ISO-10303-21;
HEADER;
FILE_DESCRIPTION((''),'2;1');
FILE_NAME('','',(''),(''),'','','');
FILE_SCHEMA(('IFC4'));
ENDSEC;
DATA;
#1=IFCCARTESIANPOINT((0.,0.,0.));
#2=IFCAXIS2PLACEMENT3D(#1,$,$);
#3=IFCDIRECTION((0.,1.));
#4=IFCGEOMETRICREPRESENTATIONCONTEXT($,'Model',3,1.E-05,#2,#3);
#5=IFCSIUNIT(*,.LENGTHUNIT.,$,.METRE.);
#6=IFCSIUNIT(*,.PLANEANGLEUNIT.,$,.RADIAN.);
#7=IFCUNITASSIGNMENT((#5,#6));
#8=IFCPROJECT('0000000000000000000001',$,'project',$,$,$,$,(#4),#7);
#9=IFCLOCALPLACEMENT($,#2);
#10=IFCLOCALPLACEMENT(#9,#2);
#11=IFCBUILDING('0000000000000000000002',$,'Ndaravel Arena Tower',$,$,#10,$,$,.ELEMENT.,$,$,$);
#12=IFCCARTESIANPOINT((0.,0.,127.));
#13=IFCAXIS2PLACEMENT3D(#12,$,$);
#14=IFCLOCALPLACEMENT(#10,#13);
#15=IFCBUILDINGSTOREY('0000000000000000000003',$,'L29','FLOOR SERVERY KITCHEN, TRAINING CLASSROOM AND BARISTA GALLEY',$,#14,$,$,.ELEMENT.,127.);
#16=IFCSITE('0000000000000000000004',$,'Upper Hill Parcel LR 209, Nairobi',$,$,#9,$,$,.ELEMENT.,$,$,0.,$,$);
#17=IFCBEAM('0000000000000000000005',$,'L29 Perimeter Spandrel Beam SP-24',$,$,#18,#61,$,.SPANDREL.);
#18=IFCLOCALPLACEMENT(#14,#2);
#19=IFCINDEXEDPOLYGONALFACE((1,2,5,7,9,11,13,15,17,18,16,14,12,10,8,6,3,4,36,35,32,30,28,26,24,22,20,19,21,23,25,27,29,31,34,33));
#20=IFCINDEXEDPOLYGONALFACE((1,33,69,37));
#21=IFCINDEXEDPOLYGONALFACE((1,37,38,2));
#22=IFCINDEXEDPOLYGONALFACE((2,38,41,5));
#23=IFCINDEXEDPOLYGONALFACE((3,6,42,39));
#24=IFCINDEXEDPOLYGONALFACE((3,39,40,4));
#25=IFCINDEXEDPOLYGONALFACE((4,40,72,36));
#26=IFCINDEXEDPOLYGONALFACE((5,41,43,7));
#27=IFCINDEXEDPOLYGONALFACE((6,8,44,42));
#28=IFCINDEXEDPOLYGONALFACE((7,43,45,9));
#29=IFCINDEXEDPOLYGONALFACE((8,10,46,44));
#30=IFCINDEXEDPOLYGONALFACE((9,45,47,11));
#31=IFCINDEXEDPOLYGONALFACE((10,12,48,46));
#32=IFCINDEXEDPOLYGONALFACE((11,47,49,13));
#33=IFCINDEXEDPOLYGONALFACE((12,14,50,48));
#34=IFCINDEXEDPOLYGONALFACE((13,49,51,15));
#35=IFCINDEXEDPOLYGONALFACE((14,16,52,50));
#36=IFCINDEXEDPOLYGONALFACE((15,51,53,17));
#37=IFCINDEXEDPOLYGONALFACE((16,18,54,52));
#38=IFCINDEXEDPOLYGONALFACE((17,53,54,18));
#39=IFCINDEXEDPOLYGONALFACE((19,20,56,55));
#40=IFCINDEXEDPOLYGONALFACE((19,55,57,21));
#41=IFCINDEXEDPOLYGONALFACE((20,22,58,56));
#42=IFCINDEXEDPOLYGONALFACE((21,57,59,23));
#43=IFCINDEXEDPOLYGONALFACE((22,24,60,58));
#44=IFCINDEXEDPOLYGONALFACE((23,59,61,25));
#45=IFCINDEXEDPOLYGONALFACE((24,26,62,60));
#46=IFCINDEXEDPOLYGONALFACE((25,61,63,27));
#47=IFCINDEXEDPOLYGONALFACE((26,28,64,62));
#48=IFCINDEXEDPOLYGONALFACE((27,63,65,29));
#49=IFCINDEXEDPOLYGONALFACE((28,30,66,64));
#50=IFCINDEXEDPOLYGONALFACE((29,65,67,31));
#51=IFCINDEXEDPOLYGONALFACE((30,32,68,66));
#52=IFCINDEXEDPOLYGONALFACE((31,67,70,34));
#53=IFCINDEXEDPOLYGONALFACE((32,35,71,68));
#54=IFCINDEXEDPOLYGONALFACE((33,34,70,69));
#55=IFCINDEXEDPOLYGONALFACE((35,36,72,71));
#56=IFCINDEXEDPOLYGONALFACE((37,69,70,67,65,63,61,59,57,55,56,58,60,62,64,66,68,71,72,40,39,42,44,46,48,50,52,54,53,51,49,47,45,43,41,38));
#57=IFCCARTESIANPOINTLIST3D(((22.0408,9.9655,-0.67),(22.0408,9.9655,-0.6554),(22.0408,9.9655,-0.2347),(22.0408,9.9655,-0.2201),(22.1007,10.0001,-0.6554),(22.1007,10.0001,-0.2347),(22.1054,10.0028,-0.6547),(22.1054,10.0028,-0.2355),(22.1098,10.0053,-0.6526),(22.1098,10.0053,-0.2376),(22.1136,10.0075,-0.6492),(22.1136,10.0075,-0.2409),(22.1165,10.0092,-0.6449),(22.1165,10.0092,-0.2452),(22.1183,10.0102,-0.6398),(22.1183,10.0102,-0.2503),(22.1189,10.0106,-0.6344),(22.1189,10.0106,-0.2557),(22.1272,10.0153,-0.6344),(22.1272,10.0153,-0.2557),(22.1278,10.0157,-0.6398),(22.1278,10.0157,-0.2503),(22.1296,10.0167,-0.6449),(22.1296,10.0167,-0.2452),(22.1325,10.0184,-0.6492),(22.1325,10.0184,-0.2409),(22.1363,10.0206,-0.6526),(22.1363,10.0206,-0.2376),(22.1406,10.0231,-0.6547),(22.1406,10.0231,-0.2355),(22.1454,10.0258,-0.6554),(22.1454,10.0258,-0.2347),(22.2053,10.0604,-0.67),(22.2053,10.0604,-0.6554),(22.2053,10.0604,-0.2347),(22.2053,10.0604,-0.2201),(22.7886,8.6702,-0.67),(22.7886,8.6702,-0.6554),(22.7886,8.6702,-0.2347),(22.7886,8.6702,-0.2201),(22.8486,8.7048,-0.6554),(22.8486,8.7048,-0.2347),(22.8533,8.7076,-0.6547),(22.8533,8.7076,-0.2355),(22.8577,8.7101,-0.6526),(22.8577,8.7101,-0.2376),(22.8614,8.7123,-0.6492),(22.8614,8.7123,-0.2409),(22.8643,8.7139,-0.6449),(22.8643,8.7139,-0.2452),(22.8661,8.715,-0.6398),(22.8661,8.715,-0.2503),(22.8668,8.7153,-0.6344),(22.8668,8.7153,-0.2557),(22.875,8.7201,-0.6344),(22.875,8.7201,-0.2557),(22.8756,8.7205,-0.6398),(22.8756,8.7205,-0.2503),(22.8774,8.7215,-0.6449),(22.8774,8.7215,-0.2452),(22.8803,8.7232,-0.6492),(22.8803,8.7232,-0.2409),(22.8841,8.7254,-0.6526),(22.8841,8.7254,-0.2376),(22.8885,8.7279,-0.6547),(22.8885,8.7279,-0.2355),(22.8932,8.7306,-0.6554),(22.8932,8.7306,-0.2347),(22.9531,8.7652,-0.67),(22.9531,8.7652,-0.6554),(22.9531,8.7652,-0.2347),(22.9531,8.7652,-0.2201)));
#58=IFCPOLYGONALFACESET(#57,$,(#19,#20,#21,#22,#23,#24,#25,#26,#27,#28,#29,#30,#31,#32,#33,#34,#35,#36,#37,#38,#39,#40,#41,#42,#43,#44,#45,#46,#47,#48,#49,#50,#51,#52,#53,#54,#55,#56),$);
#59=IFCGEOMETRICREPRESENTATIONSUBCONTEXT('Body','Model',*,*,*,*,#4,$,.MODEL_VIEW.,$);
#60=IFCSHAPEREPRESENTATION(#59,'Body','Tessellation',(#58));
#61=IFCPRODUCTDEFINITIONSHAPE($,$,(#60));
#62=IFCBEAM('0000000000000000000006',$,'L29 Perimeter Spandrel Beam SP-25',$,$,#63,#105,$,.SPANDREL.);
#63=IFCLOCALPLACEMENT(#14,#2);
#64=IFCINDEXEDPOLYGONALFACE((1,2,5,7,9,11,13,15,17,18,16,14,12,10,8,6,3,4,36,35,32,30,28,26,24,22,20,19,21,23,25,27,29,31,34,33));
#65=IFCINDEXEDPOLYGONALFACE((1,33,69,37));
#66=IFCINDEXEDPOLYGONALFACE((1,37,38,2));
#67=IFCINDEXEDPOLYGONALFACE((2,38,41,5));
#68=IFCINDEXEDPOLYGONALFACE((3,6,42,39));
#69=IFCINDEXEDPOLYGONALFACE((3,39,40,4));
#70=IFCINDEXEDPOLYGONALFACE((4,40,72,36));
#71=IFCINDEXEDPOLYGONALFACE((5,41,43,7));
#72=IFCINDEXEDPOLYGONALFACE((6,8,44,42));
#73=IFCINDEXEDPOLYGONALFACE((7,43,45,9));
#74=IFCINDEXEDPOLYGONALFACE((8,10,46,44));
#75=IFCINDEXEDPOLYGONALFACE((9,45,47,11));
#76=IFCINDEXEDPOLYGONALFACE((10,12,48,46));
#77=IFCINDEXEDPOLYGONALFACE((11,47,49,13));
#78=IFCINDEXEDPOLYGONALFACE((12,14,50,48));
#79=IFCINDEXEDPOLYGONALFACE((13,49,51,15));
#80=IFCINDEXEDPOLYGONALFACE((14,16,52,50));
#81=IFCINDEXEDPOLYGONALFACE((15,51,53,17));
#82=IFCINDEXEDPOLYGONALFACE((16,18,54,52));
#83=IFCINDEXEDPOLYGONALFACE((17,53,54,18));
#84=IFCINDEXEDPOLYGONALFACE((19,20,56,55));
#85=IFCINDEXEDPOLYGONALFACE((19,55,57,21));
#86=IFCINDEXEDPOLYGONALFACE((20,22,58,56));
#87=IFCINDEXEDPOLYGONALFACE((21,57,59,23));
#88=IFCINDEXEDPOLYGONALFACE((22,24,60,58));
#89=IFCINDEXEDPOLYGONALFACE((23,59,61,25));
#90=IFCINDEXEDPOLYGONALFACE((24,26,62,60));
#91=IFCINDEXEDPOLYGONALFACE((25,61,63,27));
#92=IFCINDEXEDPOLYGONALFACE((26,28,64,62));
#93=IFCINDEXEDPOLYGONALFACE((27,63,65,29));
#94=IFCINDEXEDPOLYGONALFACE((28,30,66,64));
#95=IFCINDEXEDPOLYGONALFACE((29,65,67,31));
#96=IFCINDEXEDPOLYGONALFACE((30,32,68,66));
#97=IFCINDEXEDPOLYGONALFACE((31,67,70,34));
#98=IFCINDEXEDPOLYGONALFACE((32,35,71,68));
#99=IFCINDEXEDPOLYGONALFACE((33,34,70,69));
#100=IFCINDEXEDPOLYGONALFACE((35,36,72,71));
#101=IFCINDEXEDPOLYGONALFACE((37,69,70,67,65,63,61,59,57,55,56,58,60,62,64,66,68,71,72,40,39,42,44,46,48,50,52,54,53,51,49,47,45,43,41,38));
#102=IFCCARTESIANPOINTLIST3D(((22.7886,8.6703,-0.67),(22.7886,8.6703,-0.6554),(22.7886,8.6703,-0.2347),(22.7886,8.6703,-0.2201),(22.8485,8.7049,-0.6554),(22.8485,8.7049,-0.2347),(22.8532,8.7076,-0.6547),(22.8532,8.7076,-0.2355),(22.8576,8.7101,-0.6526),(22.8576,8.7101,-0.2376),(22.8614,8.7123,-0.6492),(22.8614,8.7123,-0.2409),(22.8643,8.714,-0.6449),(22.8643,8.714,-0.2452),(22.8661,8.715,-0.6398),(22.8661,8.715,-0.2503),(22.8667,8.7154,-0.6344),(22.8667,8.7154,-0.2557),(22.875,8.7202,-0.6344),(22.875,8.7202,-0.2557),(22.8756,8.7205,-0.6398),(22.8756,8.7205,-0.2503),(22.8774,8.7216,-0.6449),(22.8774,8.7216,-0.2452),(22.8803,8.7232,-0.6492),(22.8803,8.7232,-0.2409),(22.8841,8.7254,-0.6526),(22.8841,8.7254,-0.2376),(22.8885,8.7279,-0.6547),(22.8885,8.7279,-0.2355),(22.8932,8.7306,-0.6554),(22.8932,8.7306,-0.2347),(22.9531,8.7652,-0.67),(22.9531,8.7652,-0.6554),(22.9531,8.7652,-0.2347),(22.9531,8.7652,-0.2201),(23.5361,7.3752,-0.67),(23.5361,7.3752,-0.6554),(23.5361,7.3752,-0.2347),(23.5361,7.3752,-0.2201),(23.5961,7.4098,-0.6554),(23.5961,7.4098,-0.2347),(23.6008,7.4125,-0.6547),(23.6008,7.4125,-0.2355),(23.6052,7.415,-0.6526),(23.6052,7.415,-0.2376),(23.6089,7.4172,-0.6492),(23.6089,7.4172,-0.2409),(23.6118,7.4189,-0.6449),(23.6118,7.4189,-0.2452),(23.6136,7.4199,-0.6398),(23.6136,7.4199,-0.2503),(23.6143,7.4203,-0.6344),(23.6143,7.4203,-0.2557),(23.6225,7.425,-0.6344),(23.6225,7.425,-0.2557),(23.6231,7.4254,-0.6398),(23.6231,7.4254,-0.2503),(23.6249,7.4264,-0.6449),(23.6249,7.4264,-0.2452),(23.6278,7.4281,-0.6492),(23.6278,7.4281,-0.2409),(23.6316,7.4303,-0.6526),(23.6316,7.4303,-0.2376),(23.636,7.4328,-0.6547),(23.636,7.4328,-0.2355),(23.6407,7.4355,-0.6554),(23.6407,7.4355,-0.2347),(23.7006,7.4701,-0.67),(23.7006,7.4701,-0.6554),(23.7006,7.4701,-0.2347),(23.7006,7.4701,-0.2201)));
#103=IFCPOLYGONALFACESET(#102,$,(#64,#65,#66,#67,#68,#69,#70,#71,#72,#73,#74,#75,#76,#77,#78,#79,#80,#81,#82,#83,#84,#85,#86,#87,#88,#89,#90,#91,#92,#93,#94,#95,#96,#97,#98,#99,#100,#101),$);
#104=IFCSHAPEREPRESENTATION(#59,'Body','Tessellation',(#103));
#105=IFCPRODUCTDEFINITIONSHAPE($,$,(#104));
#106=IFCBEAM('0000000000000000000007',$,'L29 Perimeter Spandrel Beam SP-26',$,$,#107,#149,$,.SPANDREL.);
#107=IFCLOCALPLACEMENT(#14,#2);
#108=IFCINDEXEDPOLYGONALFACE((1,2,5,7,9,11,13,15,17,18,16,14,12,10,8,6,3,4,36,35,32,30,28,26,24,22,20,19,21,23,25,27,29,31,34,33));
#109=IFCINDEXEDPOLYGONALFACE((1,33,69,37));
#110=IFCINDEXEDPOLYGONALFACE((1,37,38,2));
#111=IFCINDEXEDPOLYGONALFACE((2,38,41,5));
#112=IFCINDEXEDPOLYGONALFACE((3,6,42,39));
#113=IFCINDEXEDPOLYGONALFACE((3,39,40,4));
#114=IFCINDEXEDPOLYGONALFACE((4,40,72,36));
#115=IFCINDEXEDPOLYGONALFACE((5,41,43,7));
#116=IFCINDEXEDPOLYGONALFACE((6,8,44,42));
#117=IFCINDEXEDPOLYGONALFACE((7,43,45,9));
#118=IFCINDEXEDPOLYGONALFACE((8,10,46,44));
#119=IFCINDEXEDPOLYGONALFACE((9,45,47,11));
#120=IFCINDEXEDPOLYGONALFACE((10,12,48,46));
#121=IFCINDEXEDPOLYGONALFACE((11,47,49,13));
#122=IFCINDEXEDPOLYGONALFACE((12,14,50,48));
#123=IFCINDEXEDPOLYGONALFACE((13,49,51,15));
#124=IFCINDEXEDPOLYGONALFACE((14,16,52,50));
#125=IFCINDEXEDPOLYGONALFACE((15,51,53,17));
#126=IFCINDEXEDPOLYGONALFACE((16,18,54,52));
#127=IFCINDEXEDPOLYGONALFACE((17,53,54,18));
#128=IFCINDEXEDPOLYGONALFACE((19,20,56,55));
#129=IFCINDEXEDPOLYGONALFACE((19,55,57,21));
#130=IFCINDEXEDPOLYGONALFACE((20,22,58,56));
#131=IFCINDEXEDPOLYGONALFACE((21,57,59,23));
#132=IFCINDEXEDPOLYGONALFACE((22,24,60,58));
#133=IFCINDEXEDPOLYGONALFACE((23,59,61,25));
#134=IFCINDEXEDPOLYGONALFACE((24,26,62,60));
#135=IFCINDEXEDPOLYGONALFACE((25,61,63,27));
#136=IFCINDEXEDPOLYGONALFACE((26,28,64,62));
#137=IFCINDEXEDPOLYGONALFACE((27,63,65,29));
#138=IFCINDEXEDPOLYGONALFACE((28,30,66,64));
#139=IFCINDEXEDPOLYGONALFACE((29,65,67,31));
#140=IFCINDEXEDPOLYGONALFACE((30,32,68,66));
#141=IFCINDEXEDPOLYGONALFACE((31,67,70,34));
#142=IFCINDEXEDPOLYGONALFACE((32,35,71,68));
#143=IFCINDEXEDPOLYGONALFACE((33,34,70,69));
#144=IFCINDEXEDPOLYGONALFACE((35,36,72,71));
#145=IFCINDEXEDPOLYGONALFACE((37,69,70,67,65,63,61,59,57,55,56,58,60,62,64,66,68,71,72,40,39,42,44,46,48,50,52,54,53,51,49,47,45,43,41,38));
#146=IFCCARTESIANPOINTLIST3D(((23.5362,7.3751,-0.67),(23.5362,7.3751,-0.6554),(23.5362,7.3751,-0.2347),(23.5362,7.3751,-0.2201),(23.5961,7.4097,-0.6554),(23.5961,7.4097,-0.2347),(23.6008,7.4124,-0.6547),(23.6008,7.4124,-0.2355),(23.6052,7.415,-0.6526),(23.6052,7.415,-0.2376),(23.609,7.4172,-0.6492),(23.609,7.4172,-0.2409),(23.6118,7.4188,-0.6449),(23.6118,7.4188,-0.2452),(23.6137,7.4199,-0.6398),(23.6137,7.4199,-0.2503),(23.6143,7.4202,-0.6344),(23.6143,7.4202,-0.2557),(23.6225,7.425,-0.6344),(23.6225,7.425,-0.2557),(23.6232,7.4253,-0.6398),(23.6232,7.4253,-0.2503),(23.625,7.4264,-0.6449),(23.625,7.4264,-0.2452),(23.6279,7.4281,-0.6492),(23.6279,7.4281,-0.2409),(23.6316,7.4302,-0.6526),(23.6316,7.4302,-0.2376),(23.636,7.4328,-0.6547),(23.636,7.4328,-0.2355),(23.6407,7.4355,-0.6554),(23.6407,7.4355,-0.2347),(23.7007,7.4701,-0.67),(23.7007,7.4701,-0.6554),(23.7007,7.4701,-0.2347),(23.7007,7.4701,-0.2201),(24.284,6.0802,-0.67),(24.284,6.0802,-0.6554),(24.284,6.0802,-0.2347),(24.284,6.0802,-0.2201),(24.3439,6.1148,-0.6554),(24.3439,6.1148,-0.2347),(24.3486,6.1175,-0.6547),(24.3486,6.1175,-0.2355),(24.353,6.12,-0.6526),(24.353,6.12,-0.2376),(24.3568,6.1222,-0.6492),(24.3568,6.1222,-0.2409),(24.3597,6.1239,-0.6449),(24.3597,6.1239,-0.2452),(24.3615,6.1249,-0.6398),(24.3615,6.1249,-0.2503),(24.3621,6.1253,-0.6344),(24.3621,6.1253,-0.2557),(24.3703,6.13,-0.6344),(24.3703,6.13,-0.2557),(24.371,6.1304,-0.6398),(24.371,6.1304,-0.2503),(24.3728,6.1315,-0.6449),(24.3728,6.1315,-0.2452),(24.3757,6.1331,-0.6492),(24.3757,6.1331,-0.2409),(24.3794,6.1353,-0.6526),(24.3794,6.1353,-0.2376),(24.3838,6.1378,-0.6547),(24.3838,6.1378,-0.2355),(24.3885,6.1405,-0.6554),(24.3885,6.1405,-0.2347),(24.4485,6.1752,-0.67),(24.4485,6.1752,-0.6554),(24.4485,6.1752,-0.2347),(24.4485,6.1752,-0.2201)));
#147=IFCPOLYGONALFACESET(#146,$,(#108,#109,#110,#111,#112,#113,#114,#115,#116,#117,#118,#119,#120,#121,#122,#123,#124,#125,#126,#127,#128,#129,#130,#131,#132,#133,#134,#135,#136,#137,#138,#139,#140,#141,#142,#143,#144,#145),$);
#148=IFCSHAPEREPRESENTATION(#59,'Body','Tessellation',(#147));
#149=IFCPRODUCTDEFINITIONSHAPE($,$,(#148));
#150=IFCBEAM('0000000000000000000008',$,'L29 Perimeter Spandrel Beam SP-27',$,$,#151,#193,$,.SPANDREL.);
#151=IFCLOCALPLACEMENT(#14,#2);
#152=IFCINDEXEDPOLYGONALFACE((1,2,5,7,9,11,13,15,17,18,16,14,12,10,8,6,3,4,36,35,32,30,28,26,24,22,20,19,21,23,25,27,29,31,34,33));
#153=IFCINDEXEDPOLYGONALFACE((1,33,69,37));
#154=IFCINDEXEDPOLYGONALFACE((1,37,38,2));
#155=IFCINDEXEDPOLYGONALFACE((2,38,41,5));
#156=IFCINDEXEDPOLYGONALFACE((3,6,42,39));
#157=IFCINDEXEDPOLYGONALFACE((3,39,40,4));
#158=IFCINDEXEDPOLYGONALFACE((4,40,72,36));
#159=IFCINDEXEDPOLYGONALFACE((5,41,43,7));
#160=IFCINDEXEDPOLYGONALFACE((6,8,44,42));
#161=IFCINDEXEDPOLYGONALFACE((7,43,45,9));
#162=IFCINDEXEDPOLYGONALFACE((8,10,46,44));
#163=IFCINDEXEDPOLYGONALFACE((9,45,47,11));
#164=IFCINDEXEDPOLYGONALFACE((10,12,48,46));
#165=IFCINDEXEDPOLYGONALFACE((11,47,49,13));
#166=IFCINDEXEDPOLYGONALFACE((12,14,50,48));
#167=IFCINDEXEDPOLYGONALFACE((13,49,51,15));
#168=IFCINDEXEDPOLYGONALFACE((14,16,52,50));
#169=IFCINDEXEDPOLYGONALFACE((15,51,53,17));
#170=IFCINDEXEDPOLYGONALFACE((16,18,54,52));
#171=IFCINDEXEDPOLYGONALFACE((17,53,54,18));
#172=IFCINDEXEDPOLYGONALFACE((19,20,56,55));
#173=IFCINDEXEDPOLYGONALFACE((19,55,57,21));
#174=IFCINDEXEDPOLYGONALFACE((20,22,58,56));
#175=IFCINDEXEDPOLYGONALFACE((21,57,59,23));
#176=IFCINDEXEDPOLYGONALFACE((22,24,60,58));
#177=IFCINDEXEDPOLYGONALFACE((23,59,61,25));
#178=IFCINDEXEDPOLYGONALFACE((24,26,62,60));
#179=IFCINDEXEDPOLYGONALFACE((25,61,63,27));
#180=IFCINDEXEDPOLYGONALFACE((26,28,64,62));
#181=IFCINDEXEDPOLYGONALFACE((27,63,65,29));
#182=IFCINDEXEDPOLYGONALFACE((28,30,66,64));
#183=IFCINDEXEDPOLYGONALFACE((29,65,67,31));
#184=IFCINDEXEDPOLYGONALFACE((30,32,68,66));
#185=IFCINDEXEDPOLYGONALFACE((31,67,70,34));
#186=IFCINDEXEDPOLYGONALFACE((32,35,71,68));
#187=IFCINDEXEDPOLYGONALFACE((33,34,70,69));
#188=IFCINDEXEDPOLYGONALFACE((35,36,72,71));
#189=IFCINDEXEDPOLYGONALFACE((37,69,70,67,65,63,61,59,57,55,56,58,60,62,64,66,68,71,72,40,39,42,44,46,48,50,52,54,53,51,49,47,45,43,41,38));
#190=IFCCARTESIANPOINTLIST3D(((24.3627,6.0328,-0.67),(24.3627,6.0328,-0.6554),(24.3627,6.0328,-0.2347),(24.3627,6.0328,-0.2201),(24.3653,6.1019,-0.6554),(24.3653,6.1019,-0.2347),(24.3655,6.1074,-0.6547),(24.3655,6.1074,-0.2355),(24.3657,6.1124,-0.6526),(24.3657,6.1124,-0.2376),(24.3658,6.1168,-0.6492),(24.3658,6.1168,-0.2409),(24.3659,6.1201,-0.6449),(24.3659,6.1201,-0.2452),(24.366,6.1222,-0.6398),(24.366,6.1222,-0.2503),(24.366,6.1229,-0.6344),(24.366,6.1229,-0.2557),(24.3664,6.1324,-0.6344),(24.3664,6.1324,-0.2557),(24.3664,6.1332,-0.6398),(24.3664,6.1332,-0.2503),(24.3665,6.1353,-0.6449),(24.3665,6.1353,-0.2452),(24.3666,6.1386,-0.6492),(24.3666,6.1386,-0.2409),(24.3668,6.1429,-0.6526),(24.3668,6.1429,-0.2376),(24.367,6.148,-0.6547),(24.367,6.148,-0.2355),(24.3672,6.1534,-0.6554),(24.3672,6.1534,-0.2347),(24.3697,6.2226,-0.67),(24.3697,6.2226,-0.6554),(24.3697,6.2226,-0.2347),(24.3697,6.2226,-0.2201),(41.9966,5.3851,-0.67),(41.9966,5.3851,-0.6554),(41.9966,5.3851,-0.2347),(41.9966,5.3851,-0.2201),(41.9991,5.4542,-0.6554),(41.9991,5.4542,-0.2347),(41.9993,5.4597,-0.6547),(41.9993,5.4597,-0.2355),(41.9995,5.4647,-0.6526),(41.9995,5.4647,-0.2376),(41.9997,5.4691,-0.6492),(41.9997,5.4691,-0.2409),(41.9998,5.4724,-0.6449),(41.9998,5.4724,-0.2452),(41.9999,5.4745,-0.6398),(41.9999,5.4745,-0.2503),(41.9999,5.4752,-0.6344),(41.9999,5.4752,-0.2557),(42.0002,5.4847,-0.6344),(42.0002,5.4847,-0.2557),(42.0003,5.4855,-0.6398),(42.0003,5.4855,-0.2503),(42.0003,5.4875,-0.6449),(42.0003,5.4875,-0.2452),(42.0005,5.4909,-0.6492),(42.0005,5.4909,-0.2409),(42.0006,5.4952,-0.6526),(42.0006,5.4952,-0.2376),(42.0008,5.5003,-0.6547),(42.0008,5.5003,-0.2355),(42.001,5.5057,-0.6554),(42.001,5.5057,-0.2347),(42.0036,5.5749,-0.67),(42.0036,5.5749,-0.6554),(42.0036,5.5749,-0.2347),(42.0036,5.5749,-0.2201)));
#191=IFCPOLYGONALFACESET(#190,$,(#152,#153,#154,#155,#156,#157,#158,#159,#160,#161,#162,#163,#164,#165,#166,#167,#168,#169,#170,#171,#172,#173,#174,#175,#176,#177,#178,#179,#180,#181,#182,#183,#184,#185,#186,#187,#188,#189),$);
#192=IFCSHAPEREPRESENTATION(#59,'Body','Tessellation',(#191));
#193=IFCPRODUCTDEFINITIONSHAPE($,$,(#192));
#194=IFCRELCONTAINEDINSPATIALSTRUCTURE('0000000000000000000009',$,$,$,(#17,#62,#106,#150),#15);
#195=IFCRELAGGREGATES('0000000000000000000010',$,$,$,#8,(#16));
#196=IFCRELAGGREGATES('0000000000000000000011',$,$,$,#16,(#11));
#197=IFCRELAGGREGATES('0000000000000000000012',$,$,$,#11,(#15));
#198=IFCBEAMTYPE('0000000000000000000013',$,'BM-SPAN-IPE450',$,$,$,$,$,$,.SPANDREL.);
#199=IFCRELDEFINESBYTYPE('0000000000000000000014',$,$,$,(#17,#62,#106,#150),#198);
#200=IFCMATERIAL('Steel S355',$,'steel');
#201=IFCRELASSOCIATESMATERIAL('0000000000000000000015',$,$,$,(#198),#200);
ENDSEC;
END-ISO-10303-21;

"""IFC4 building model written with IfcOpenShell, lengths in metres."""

from ifc_helpers import new_model, si_unit, direction, frame, origin, origin_2d, place, context, subcontext, project, spatial, i_section, extrude, material, material_profile, profile_set, type_object, element, save


model = new_model("IFC4")

# Units and contexts
model_context = context("Model", 3, precision=1e-05, world=origin(), true_north=direction((0.0, 1.0)))
body_context = subcontext(model_context, "Body", "Model", "MODEL_VIEW")
ifc_project = project(units=[si_unit("LENGTHUNIT", "METRE"), si_unit("PLANEANGLEUNIT", "RADIAN")], contexts=[model_context])

# Site, building, storey
site_placement = place(None, origin())
site = spatial("IfcSite", under=ifc_project, at=site_placement, Name="Upper Hill Parcel LR 209, Nairobi", CompositionType="ELEMENT", RefElevation=0.0)
building_placement = place(site_placement, origin())
building = spatial("IfcBuilding", under=site, at=building_placement, Name="Ndaravel Arena Tower", CompositionType="ELEMENT")
storey_placement = place(building_placement, frame((0.0, 0.0, 127.0)))
storey = spatial("IfcBuildingStorey", under=building, at=storey_placement, Name="L29", Description="FLOOR SERVERY KITCHEN, TRAINING CLASSROOM AND BARISTA GALLEY", CompositionType="ELEMENT", Elevation=127.0)

# Beams
ifc_material_1 = material(Name="Steel S355", Category="steel")
ifc_material_profile_1 = material_profile(ifc_material_1, i_section(OverallWidth=0.1899, OverallDepth=0.45, WebThickness=0.0095, FlangeThickness=0.0146, FilletRadius=0.021, at=origin_2d()), Name="IPE 450")
ifc_profile_set_1 = profile_set([ifc_material_profile_1], Name="Steel S355")
beam_type = type_object("IfcBeamType", Name="BM-SPAN-IPE450", PredefinedType="SPANDREL", material=ifc_profile_set_1)
beam_1_placement = place(storey_placement, frame((22.123, 10.0129, -0.4451), z_axis=(0.500019, -0.866014, 0.0), x_axis=(0.866014, 0.500019, 0.0)))
element("IfcBeam", 1, at=beam_1_placement, inside=storey, type_object=beam_type, Name="L29 Perimeter Spandrel Beam SP-24", PredefinedType="SPANDREL", context=body_context, shape_type="SweptSolid", body=[
    extrude(i_section(OverallWidth=0.1899, OverallDepth=0.45, WebThickness=0.0095, FlangeThickness=0.0146, FilletRadius=0.021, at=origin_2d()), origin(), (0.0, 0.0, 1.0), 1.4956),
])
for number, where, z_axis, x_axis, name in (
    (2, (22.8708, 8.7178, -0.4451), (0.499897, -0.866085, 0.0), (0.866085, 0.499897, 0.0), "L29 Perimeter Spandrel Beam SP-25"),
    (3, (23.6184, 7.4226, -0.4451), (0.50009, -0.865973, 0.0), (0.865973, 0.50009, 0.0), "L29 Perimeter Spandrel Beam SP-26"),
):
    element("IfcBeam", number, at=place(storey_placement, frame(where, z_axis=z_axis, x_axis=x_axis)), inside=storey, type_object=beam_type, Name=name, PredefinedType="SPANDREL", context=body_context, shape_type="SweptSolid", body=[
        extrude(i_section(OverallWidth=0.1899, OverallDepth=0.45, WebThickness=0.0095, FlangeThickness=0.0146, FilletRadius=0.021, at=origin_2d()), origin(), (0.0, 0.0, 1.0), 1.4954),
    ])
beam_2_placement = place(storey_placement, frame((24.3662, 6.1277, -0.4451), z_axis=(0.999326, -0.036706, 0.0), x_axis=(0.036706, 0.999326, 0.0)))
element("IfcBeam", 4, at=beam_2_placement, inside=storey, type_object=beam_type, Name="L29 Perimeter Spandrel Beam SP-27", PredefinedType="SPANDREL", context=body_context, shape_type="SweptSolid", body=[
    extrude(i_section(OverallWidth=0.1899, OverallDepth=0.45, WebThickness=0.0095, FlangeThickness=0.0146, FilletRadius=0.021, at=origin_2d()), origin(), (0.0, 0.0, 1.0), 17.6458),
])

save(model, "model.ifc")
